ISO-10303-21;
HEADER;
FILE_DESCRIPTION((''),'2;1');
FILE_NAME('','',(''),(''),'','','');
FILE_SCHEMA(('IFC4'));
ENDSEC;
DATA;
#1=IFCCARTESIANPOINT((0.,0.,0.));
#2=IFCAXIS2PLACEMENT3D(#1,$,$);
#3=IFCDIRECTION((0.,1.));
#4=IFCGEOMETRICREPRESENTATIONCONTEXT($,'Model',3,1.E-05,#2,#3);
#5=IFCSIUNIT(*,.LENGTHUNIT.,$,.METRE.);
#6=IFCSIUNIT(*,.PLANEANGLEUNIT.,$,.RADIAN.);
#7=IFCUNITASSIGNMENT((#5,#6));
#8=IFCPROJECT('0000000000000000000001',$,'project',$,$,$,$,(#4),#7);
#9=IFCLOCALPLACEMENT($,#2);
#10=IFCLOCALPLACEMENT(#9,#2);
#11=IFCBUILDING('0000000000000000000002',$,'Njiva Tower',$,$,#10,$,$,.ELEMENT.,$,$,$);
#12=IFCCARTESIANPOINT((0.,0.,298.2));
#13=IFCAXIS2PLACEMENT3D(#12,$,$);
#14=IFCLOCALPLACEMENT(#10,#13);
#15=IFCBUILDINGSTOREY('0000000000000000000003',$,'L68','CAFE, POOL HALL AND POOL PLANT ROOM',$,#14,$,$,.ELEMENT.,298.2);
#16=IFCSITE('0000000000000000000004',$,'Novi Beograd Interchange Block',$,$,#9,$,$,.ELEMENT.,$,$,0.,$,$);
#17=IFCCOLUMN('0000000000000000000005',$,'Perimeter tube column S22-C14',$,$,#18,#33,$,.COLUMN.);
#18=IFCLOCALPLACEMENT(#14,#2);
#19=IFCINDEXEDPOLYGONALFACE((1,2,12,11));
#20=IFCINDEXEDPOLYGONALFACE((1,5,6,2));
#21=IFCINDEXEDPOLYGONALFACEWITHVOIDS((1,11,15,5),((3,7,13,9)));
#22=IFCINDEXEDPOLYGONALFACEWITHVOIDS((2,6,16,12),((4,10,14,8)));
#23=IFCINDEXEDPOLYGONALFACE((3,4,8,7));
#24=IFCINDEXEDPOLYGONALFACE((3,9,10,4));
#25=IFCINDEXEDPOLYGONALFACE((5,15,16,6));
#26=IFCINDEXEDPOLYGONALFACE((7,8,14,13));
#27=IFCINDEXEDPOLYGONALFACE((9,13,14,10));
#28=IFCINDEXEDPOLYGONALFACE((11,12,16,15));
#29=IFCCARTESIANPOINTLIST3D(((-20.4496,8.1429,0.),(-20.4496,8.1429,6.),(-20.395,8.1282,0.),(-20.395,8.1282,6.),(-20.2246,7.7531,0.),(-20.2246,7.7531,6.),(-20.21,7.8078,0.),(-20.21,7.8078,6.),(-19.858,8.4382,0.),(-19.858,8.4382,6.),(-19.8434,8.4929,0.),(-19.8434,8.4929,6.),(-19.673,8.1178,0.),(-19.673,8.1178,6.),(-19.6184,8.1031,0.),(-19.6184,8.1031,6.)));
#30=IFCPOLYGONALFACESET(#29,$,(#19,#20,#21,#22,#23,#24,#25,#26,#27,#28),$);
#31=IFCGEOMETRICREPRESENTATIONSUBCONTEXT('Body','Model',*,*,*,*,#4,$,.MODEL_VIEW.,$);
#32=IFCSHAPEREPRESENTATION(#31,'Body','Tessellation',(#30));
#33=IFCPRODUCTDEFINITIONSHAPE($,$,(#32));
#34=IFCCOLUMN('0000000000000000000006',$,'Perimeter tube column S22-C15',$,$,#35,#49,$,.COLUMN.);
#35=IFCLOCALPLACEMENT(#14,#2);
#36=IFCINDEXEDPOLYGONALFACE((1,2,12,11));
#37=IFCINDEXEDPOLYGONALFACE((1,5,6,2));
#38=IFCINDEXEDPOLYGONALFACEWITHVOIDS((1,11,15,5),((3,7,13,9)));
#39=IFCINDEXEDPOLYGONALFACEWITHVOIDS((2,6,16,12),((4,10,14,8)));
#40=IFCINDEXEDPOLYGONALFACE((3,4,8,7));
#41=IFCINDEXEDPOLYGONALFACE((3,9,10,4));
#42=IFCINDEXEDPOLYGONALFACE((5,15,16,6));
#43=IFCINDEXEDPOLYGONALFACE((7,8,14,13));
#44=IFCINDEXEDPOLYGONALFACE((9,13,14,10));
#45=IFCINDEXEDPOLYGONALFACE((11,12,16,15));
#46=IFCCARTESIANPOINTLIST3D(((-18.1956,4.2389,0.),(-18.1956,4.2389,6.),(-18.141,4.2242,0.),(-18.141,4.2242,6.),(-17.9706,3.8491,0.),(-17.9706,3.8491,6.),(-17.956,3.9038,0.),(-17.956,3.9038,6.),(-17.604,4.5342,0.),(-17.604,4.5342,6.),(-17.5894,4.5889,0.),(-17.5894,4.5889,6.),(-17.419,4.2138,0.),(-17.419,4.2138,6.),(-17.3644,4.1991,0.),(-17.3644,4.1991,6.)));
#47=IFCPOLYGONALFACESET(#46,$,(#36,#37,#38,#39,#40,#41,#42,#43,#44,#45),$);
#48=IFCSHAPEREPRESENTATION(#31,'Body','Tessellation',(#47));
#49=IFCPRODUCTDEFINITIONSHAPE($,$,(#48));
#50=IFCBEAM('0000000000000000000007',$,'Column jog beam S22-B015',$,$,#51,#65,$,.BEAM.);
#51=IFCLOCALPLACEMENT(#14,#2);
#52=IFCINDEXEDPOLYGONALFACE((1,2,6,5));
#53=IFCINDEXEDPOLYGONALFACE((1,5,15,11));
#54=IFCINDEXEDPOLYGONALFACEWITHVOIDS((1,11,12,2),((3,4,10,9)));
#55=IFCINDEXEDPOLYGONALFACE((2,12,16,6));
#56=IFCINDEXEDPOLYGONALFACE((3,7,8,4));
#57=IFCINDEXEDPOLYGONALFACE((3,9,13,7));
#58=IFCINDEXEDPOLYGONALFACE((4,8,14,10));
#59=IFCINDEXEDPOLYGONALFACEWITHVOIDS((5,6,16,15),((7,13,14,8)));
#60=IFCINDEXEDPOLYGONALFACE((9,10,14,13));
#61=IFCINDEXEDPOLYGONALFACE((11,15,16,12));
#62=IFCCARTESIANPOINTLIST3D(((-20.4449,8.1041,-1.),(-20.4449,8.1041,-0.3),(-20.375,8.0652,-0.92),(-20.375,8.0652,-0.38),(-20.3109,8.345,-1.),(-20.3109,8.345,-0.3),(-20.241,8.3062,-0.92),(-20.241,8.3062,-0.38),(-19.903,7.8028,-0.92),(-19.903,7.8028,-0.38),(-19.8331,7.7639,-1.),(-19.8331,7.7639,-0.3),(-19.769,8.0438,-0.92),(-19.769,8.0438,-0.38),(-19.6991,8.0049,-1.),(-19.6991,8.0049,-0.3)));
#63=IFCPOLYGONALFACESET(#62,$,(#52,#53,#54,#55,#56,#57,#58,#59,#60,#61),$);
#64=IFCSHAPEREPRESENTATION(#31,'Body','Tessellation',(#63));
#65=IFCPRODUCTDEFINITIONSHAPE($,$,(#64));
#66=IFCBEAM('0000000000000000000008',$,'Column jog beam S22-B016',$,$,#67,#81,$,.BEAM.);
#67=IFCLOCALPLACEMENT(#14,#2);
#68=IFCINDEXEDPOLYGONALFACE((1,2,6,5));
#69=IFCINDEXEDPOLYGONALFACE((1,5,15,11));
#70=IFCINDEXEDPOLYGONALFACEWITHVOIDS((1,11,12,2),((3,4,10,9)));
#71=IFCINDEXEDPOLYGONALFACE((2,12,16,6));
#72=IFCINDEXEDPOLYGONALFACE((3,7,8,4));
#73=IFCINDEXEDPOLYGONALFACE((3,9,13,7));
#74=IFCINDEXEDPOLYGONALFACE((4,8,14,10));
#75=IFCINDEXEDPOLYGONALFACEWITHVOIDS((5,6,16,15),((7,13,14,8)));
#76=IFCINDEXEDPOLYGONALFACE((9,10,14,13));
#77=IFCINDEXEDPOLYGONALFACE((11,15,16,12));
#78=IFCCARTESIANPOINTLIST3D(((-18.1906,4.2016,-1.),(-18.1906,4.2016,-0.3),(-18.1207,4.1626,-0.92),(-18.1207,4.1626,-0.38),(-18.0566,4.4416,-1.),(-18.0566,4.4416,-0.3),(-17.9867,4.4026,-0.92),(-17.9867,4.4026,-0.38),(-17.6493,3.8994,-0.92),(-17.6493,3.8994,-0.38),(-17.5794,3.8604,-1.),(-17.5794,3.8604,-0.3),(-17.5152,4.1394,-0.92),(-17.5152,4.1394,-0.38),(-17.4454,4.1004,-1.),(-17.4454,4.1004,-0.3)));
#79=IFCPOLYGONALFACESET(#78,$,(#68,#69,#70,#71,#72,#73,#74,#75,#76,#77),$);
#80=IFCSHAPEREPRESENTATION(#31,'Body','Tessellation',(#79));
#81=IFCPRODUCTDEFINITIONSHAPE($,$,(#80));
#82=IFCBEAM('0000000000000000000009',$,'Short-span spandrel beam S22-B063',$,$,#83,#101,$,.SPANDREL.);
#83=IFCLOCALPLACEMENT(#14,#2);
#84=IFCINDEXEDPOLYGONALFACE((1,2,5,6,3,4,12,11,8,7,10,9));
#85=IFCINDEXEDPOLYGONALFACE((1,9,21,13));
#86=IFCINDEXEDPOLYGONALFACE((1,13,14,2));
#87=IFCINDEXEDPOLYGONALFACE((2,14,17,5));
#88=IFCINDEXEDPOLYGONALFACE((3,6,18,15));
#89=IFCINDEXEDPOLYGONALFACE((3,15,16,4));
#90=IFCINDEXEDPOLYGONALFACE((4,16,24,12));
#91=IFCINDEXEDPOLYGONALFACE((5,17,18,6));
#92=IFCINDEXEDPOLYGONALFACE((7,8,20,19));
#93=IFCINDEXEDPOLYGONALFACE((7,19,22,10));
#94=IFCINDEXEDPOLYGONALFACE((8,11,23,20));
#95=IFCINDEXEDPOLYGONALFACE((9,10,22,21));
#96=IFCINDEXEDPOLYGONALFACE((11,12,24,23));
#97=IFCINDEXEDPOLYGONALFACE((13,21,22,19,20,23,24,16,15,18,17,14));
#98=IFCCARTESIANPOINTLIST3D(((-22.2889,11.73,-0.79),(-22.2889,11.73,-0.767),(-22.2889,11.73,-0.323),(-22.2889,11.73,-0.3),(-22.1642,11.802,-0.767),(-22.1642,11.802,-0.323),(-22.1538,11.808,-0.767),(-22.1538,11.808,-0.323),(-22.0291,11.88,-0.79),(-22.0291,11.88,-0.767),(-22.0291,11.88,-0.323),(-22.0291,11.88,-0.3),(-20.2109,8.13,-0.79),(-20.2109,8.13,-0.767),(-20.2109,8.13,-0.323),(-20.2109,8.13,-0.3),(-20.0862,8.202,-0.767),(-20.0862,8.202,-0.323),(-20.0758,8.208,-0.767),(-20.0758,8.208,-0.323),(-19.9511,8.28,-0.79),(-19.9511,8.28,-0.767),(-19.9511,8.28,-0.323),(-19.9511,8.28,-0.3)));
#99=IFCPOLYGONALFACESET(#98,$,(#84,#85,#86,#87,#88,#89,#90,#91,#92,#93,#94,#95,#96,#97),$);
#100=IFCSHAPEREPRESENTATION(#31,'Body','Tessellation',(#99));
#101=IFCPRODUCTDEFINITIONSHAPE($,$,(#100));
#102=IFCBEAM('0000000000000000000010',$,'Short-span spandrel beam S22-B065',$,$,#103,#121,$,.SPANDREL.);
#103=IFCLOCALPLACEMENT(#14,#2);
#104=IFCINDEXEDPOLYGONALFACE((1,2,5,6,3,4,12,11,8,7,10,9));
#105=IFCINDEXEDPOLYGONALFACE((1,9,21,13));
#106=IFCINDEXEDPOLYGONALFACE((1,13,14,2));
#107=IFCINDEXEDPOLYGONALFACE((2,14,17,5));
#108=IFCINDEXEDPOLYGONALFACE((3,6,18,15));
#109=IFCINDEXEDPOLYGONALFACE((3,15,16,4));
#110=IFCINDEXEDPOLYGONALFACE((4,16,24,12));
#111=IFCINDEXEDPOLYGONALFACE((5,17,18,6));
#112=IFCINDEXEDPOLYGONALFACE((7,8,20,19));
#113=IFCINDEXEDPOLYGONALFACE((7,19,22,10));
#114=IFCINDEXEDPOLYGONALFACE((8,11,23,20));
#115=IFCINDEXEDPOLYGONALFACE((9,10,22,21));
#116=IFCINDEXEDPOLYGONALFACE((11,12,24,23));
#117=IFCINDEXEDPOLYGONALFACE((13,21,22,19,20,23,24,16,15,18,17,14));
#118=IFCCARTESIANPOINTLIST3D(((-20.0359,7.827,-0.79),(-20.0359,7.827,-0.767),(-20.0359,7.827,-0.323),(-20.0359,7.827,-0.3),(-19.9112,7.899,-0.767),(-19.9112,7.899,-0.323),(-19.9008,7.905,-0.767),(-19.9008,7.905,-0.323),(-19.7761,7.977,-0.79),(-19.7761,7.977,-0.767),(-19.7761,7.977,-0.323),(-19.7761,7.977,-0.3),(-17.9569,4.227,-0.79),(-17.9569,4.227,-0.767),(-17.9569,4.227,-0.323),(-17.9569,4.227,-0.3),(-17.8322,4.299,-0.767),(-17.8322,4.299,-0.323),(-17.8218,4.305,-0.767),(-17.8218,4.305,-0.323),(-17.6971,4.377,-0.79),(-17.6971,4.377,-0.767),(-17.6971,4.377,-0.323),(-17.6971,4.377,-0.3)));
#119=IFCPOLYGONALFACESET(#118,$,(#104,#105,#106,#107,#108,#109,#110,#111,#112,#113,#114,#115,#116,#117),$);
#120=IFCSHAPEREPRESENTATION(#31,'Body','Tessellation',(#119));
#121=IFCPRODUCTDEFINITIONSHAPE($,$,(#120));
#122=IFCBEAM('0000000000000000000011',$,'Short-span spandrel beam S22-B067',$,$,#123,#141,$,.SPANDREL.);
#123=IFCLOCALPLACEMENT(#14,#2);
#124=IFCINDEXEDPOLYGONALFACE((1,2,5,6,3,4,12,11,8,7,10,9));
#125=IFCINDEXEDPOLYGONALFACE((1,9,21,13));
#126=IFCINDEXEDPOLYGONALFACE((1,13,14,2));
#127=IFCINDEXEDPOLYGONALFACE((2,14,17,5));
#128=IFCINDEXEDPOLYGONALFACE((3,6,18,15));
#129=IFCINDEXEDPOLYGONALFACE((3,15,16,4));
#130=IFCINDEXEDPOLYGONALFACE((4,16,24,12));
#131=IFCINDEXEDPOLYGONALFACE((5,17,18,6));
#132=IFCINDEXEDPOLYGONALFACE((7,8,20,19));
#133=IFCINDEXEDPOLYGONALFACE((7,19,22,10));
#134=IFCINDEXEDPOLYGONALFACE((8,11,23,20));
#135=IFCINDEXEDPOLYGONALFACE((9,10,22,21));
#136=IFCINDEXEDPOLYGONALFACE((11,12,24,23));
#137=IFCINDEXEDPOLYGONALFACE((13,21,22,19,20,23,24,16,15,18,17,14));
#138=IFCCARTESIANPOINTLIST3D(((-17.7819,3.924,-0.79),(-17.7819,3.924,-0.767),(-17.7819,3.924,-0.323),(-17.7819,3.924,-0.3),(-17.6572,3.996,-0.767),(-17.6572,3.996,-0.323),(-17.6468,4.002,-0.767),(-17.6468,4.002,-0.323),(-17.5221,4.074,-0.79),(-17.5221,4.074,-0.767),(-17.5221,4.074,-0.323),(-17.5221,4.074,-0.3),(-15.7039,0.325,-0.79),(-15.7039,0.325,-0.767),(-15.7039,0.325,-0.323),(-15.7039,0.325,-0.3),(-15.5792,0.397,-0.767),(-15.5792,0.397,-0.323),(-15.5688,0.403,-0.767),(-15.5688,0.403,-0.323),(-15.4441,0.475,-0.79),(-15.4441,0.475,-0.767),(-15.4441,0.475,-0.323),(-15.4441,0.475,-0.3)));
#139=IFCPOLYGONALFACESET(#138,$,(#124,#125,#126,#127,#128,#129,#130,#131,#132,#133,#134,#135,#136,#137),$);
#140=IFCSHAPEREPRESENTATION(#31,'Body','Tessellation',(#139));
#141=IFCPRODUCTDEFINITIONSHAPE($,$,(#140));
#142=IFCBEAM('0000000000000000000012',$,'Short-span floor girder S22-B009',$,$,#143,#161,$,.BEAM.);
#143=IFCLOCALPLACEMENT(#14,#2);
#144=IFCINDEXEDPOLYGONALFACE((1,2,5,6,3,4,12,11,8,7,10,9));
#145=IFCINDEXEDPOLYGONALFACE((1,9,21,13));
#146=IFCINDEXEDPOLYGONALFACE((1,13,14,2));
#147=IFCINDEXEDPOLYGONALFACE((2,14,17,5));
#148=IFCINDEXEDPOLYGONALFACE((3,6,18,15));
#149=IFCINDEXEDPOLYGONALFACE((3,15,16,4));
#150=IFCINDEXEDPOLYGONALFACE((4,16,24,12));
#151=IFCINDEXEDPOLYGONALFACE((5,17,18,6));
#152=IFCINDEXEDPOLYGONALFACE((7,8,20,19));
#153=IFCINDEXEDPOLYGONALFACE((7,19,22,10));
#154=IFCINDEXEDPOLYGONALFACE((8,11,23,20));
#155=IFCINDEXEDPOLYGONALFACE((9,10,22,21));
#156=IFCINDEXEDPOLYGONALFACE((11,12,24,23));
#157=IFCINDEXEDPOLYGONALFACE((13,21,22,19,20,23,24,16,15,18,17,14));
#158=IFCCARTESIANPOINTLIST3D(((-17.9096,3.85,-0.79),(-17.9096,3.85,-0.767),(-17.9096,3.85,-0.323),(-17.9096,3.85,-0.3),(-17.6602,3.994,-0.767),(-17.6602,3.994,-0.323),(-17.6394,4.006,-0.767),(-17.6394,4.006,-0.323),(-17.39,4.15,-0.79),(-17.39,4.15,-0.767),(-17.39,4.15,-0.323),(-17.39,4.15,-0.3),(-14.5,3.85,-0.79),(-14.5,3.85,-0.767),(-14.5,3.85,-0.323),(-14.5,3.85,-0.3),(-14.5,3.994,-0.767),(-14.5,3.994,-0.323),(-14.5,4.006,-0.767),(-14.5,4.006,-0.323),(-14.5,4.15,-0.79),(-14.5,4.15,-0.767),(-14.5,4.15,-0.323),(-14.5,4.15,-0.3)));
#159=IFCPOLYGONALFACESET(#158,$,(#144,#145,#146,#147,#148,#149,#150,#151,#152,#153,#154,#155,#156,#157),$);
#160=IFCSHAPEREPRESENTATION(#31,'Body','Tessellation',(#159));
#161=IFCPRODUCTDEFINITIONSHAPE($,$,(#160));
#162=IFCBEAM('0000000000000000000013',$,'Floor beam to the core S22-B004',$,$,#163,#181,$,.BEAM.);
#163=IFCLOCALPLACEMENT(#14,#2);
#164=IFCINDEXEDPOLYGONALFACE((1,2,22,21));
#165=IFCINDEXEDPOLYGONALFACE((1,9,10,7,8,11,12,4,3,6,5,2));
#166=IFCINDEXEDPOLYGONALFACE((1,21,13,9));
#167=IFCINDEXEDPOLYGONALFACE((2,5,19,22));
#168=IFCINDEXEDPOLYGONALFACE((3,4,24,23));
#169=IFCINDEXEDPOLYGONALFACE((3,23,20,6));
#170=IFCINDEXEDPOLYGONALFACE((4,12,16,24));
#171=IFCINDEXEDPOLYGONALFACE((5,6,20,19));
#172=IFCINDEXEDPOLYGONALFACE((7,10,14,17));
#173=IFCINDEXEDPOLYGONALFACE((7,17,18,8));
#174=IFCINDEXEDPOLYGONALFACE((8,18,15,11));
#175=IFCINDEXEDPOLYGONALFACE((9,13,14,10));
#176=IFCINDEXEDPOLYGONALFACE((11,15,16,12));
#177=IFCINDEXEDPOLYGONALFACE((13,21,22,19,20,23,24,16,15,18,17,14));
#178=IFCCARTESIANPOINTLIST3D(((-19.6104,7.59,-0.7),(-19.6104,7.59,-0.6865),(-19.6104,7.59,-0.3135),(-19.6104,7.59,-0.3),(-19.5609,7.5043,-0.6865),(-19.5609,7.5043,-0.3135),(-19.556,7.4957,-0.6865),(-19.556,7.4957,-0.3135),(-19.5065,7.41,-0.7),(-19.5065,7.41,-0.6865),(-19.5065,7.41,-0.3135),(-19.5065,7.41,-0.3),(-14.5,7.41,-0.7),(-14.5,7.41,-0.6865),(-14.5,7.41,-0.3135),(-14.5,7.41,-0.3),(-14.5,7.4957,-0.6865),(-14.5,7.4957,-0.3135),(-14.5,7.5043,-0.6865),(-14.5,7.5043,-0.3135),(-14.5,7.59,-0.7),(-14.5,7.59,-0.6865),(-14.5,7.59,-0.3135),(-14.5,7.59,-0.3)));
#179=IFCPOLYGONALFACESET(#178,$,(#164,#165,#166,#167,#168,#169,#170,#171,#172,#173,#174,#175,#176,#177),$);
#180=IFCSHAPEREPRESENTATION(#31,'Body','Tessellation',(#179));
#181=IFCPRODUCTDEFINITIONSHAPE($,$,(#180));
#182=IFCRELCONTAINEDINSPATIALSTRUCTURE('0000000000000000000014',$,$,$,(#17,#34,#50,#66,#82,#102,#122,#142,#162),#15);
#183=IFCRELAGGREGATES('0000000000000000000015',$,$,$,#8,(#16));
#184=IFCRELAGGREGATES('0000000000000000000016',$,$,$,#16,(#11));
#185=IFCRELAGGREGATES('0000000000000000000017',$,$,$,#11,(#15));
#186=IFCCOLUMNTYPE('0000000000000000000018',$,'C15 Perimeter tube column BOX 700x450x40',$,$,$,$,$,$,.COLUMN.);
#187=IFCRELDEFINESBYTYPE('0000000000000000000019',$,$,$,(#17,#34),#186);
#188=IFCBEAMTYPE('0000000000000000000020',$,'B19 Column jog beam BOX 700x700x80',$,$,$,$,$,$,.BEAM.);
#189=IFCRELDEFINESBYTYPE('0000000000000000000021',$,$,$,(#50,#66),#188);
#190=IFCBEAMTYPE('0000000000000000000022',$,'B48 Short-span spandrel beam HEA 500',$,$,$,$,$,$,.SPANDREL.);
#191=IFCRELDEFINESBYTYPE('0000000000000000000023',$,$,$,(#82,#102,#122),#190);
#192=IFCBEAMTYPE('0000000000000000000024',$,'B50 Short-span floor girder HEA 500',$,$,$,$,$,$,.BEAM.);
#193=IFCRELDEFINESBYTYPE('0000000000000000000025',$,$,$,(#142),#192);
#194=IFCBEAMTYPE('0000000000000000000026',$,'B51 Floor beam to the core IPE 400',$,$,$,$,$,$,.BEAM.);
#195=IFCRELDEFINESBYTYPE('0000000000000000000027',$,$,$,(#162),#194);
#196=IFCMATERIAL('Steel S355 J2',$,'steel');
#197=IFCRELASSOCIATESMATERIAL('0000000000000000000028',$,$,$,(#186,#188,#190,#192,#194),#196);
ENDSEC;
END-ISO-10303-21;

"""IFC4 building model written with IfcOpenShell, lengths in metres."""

from ifc_helpers import new_model, si_unit, direction, frame, origin, origin_2d, place, context, subcontext, project, spatial, hollow_rectangle, i_section, extrude, clip, halfspace, material, material_profile, profile_set, type_object, element, save


model = new_model("IFC4")

# Units and contexts
model_context = context("Model", 3, precision=1e-05, world=origin(), true_north=direction((0.0, 1.0)))
body_context = subcontext(model_context, "Body", "Model", "MODEL_VIEW")
ifc_project = project(units=[si_unit("LENGTHUNIT", "METRE"), si_unit("PLANEANGLEUNIT", "RADIAN")], contexts=[model_context])

# Site, building, storey
site_placement = place(None, origin())
site = spatial("IfcSite", under=ifc_project, at=site_placement, Name="Novi Beograd Interchange Block", CompositionType="ELEMENT", RefElevation=0.0)
building_placement = place(site_placement, origin())
building = spatial("IfcBuilding", under=site, at=building_placement, Name="Njiva Tower", CompositionType="ELEMENT")
storey_placement = place(building_placement, frame((0.0, 0.0, 298.2)))
storey = spatial("IfcBuildingStorey", under=building, at=storey_placement, Name="L68", Description="CAFE, POOL HALL AND POOL PLANT ROOM", CompositionType="ELEMENT", Elevation=298.2)

# Columns
ifc_material_1 = material(Name="Steel S355 J2", Category="steel")
ifc_material_profile_1 = material_profile(ifc_material_1, hollow_rectangle(XDim=0.45, YDim=0.7, WallThickness=0.04, at=origin_2d()), Name="BOX 700x450x40")
ifc_profile_set_1 = profile_set([ifc_material_profile_1], Name="Steel S355 J2")
column_type = type_object("IfcColumnType", Name="C15 Perimeter tube column BOX 700x450x40", PredefinedType="COLUMN", material=ifc_profile_set_1)
for number, where, z_axis, x_axis, name in (
    (1, (-20.034, 8.123, 0.0), (0.0, 0.0, 1.0), (0.5, -0.866025, 0.0), "Perimeter tube column S22-C14"),
    (2, (-17.78, 4.219, 0.0), (0.0, 0.0, 1.0), (0.5, -0.866025, 0.0), "Perimeter tube column S22-C15"),
):
    element("IfcColumn", number, at=place(storey_placement, frame(where, z_axis=z_axis, x_axis=x_axis)), inside=storey, type_object=column_type, Name=name, PredefinedType="COLUMN", context=body_context, shape_type="SweptSolid", body=[
        extrude(hollow_rectangle(XDim=0.45, YDim=0.7, WallThickness=0.04, at=origin_2d()), origin(), (0.0, 0.0, 1.0), 6.0),
    ])

# Beams
ifc_material_profile_2 = material_profile(ifc_material_1, hollow_rectangle(XDim=0.7, YDim=0.7, WallThickness=0.08, at=origin_2d()), Name="BOX 700x700x80")
ifc_profile_set_2 = profile_set([ifc_material_profile_2], Name="Steel S355 J2")
beam_type_1 = type_object("IfcBeamType", Name="B19 Column jog beam BOX 700x700x80", PredefinedType="BEAM", material=ifc_profile_set_2)
beam_1_placement = place(storey_placement, frame((-20.139, 7.934, -0.65), z_axis=(0.485951, 0.873986, 0.0), x_axis=(-0.873986, 0.485951, 0.0)))
element("IfcBeam", 3, at=beam_1_placement, inside=storey, type_object=beam_type_1, Name="Column jog beam S22-B015", PredefinedType="BEAM", context=body_context, shape_type="SweptSolid", body=[
    extrude(hollow_rectangle(XDim=0.7, YDim=0.7, WallThickness=0.08, at=origin_2d()), origin(), (0.0, 0.0, 1.0), 0.2757),
])
beam_2_placement = place(storey_placement, frame((-17.885, 4.031, -0.65), z_axis=(0.487495, 0.873126, 0.0), x_axis=(-0.873126, 0.487495, 0.0)))
element("IfcBeam", 4, at=beam_2_placement, inside=storey, type_object=beam_type_1, Name="Column jog beam S22-B016", PredefinedType="BEAM", context=body_context, shape_type="SweptSolid", body=[
    extrude(hollow_rectangle(XDim=0.7, YDim=0.7, WallThickness=0.08, at=origin_2d()), origin(), (0.0, 0.0, 1.0), 0.2749),
])
ifc_material_profile_3 = material_profile(ifc_material_1, i_section(OverallWidth=0.3, OverallDepth=0.49, WebThickness=0.012, FlangeThickness=0.023, at=origin_2d()), Name="HEA 500")
ifc_profile_set_3 = profile_set([ifc_material_profile_3], Name="Steel S355 J2")
beam_type_2 = type_object("IfcBeamType", Name="B48 Short-span spandrel beam HEA 500", PredefinedType="SPANDREL", material=ifc_profile_set_3)
beam_3_placement = place(storey_placement, frame((-22.159, 11.805, -0.545), z_axis=(0.499917, -0.866073, 0.0), x_axis=(0.866073, 0.499917, 0.0)))
element("IfcBeam", 5, at=beam_3_placement, inside=storey, type_object=beam_type_2, Name="Short-span spandrel beam S22-B063", PredefinedType="SPANDREL", context=body_context, shape_type="SweptSolid", body=[
    extrude(i_section(OverallWidth=0.3, OverallDepth=0.49, WebThickness=0.012, FlangeThickness=0.023, at=origin_2d()), origin(), (0.0, 0.0, 1.0), 4.1567),
])
beam_4_placement = place(storey_placement, frame((-19.906, 7.902, -0.545), z_axis=(0.500097, -0.865969, 0.0), x_axis=(0.865969, 0.500097, 0.0)))
element("IfcBeam", 6, at=beam_4_placement, inside=storey, type_object=beam_type_2, Name="Short-span spandrel beam S22-B065", PredefinedType="SPANDREL", context=body_context, shape_type="SweptSolid", body=[
    extrude(i_section(OverallWidth=0.3, OverallDepth=0.49, WebThickness=0.012, FlangeThickness=0.023, at=origin_2d()), origin(), (0.0, 0.0, 1.0), 4.1572),
])
beam_5_placement = place(storey_placement, frame((-17.652, 3.999, -0.545), z_axis=(0.500021, -0.866013, 0.0), x_axis=(0.866013, 0.500021, 0.0)))
element("IfcBeam", 7, at=beam_5_placement, inside=storey, type_object=beam_type_2, Name="Short-span spandrel beam S22-B067", PredefinedType="SPANDREL", context=body_context, shape_type="SweptSolid", body=[
    extrude(i_section(OverallWidth=0.3, OverallDepth=0.49, WebThickness=0.012, FlangeThickness=0.023, at=origin_2d()), origin(), (0.0, 0.0, 1.0), 4.1558),
])
ifc_material_profile_4 = material_profile(ifc_material_1, i_section(OverallWidth=0.3, OverallDepth=0.49, WebThickness=0.012, FlangeThickness=0.023, at=origin_2d()), Name="HEA 500")
ifc_profile_set_4 = profile_set([ifc_material_profile_4], Name="Steel S355 J2")
beam_type_3 = type_object("IfcBeamType", Name="B50 Short-span floor girder HEA 500", PredefinedType="BEAM", material=ifc_profile_set_4)
beam_6_placement = place(storey_placement, frame((-17.93, 4.0, -0.545), z_axis=(1.0, 0.0, 0.0), x_axis=(0.0, 1.0, 0.0)))
element("IfcBeam", 8, at=beam_6_placement, inside=storey, type_object=beam_type_3, Name="Short-span floor girder S22-B009", PredefinedType="BEAM", context=body_context, shape_type="Clipping", body=[
    clip(extrude(i_section(OverallWidth=0.3, OverallDepth=0.49, WebThickness=0.012, FlangeThickness=0.023, at=origin_2d()), origin(), (0.0, 0.0, 1.0), 3.43), halfspace(frame((0.0433, 0.0, 0.3552), z_axis=(0.866027, 0.0, -0.499998), x_axis=(0.0, -1.0, 0.0)), False)),
])
ifc_material_profile_5 = material_profile(ifc_material_1, i_section(OverallWidth=0.18, OverallDepth=0.4, WebThickness=0.0086, FlangeThickness=0.0135, at=origin_2d()), Name="IPE 400")
ifc_profile_set_5 = profile_set([ifc_material_profile_5], Name="Steel S355 J2")
beam_type_4 = type_object("IfcBeamType", Name="B51 Floor beam to the core IPE 400", PredefinedType="BEAM", material=ifc_profile_set_5)
beam_7_placement = place(storey_placement, frame((-19.63, 7.5, -0.5), z_axis=(1.0, 0.0, 0.0), x_axis=(0.0, 1.0, 0.0)))
element("IfcBeam", 9, at=beam_7_placement, inside=storey, type_object=beam_type_4, Name="Floor beam to the core S22-B004", PredefinedType="BEAM", context=body_context, shape_type="Clipping", body=[
    clip(extrude(i_section(OverallWidth=0.18, OverallDepth=0.4, WebThickness=0.0086, FlangeThickness=0.0135, at=origin_2d()), origin(), (0.0, 0.0, 1.0), 5.13), halfspace(frame((-0.025, 0.0, 0.086), z_axis=(-0.499998, 0.0, -0.866027), x_axis=(0.0, -1.0, 0.0)), False)),
])

save(model, "model.ifc")
